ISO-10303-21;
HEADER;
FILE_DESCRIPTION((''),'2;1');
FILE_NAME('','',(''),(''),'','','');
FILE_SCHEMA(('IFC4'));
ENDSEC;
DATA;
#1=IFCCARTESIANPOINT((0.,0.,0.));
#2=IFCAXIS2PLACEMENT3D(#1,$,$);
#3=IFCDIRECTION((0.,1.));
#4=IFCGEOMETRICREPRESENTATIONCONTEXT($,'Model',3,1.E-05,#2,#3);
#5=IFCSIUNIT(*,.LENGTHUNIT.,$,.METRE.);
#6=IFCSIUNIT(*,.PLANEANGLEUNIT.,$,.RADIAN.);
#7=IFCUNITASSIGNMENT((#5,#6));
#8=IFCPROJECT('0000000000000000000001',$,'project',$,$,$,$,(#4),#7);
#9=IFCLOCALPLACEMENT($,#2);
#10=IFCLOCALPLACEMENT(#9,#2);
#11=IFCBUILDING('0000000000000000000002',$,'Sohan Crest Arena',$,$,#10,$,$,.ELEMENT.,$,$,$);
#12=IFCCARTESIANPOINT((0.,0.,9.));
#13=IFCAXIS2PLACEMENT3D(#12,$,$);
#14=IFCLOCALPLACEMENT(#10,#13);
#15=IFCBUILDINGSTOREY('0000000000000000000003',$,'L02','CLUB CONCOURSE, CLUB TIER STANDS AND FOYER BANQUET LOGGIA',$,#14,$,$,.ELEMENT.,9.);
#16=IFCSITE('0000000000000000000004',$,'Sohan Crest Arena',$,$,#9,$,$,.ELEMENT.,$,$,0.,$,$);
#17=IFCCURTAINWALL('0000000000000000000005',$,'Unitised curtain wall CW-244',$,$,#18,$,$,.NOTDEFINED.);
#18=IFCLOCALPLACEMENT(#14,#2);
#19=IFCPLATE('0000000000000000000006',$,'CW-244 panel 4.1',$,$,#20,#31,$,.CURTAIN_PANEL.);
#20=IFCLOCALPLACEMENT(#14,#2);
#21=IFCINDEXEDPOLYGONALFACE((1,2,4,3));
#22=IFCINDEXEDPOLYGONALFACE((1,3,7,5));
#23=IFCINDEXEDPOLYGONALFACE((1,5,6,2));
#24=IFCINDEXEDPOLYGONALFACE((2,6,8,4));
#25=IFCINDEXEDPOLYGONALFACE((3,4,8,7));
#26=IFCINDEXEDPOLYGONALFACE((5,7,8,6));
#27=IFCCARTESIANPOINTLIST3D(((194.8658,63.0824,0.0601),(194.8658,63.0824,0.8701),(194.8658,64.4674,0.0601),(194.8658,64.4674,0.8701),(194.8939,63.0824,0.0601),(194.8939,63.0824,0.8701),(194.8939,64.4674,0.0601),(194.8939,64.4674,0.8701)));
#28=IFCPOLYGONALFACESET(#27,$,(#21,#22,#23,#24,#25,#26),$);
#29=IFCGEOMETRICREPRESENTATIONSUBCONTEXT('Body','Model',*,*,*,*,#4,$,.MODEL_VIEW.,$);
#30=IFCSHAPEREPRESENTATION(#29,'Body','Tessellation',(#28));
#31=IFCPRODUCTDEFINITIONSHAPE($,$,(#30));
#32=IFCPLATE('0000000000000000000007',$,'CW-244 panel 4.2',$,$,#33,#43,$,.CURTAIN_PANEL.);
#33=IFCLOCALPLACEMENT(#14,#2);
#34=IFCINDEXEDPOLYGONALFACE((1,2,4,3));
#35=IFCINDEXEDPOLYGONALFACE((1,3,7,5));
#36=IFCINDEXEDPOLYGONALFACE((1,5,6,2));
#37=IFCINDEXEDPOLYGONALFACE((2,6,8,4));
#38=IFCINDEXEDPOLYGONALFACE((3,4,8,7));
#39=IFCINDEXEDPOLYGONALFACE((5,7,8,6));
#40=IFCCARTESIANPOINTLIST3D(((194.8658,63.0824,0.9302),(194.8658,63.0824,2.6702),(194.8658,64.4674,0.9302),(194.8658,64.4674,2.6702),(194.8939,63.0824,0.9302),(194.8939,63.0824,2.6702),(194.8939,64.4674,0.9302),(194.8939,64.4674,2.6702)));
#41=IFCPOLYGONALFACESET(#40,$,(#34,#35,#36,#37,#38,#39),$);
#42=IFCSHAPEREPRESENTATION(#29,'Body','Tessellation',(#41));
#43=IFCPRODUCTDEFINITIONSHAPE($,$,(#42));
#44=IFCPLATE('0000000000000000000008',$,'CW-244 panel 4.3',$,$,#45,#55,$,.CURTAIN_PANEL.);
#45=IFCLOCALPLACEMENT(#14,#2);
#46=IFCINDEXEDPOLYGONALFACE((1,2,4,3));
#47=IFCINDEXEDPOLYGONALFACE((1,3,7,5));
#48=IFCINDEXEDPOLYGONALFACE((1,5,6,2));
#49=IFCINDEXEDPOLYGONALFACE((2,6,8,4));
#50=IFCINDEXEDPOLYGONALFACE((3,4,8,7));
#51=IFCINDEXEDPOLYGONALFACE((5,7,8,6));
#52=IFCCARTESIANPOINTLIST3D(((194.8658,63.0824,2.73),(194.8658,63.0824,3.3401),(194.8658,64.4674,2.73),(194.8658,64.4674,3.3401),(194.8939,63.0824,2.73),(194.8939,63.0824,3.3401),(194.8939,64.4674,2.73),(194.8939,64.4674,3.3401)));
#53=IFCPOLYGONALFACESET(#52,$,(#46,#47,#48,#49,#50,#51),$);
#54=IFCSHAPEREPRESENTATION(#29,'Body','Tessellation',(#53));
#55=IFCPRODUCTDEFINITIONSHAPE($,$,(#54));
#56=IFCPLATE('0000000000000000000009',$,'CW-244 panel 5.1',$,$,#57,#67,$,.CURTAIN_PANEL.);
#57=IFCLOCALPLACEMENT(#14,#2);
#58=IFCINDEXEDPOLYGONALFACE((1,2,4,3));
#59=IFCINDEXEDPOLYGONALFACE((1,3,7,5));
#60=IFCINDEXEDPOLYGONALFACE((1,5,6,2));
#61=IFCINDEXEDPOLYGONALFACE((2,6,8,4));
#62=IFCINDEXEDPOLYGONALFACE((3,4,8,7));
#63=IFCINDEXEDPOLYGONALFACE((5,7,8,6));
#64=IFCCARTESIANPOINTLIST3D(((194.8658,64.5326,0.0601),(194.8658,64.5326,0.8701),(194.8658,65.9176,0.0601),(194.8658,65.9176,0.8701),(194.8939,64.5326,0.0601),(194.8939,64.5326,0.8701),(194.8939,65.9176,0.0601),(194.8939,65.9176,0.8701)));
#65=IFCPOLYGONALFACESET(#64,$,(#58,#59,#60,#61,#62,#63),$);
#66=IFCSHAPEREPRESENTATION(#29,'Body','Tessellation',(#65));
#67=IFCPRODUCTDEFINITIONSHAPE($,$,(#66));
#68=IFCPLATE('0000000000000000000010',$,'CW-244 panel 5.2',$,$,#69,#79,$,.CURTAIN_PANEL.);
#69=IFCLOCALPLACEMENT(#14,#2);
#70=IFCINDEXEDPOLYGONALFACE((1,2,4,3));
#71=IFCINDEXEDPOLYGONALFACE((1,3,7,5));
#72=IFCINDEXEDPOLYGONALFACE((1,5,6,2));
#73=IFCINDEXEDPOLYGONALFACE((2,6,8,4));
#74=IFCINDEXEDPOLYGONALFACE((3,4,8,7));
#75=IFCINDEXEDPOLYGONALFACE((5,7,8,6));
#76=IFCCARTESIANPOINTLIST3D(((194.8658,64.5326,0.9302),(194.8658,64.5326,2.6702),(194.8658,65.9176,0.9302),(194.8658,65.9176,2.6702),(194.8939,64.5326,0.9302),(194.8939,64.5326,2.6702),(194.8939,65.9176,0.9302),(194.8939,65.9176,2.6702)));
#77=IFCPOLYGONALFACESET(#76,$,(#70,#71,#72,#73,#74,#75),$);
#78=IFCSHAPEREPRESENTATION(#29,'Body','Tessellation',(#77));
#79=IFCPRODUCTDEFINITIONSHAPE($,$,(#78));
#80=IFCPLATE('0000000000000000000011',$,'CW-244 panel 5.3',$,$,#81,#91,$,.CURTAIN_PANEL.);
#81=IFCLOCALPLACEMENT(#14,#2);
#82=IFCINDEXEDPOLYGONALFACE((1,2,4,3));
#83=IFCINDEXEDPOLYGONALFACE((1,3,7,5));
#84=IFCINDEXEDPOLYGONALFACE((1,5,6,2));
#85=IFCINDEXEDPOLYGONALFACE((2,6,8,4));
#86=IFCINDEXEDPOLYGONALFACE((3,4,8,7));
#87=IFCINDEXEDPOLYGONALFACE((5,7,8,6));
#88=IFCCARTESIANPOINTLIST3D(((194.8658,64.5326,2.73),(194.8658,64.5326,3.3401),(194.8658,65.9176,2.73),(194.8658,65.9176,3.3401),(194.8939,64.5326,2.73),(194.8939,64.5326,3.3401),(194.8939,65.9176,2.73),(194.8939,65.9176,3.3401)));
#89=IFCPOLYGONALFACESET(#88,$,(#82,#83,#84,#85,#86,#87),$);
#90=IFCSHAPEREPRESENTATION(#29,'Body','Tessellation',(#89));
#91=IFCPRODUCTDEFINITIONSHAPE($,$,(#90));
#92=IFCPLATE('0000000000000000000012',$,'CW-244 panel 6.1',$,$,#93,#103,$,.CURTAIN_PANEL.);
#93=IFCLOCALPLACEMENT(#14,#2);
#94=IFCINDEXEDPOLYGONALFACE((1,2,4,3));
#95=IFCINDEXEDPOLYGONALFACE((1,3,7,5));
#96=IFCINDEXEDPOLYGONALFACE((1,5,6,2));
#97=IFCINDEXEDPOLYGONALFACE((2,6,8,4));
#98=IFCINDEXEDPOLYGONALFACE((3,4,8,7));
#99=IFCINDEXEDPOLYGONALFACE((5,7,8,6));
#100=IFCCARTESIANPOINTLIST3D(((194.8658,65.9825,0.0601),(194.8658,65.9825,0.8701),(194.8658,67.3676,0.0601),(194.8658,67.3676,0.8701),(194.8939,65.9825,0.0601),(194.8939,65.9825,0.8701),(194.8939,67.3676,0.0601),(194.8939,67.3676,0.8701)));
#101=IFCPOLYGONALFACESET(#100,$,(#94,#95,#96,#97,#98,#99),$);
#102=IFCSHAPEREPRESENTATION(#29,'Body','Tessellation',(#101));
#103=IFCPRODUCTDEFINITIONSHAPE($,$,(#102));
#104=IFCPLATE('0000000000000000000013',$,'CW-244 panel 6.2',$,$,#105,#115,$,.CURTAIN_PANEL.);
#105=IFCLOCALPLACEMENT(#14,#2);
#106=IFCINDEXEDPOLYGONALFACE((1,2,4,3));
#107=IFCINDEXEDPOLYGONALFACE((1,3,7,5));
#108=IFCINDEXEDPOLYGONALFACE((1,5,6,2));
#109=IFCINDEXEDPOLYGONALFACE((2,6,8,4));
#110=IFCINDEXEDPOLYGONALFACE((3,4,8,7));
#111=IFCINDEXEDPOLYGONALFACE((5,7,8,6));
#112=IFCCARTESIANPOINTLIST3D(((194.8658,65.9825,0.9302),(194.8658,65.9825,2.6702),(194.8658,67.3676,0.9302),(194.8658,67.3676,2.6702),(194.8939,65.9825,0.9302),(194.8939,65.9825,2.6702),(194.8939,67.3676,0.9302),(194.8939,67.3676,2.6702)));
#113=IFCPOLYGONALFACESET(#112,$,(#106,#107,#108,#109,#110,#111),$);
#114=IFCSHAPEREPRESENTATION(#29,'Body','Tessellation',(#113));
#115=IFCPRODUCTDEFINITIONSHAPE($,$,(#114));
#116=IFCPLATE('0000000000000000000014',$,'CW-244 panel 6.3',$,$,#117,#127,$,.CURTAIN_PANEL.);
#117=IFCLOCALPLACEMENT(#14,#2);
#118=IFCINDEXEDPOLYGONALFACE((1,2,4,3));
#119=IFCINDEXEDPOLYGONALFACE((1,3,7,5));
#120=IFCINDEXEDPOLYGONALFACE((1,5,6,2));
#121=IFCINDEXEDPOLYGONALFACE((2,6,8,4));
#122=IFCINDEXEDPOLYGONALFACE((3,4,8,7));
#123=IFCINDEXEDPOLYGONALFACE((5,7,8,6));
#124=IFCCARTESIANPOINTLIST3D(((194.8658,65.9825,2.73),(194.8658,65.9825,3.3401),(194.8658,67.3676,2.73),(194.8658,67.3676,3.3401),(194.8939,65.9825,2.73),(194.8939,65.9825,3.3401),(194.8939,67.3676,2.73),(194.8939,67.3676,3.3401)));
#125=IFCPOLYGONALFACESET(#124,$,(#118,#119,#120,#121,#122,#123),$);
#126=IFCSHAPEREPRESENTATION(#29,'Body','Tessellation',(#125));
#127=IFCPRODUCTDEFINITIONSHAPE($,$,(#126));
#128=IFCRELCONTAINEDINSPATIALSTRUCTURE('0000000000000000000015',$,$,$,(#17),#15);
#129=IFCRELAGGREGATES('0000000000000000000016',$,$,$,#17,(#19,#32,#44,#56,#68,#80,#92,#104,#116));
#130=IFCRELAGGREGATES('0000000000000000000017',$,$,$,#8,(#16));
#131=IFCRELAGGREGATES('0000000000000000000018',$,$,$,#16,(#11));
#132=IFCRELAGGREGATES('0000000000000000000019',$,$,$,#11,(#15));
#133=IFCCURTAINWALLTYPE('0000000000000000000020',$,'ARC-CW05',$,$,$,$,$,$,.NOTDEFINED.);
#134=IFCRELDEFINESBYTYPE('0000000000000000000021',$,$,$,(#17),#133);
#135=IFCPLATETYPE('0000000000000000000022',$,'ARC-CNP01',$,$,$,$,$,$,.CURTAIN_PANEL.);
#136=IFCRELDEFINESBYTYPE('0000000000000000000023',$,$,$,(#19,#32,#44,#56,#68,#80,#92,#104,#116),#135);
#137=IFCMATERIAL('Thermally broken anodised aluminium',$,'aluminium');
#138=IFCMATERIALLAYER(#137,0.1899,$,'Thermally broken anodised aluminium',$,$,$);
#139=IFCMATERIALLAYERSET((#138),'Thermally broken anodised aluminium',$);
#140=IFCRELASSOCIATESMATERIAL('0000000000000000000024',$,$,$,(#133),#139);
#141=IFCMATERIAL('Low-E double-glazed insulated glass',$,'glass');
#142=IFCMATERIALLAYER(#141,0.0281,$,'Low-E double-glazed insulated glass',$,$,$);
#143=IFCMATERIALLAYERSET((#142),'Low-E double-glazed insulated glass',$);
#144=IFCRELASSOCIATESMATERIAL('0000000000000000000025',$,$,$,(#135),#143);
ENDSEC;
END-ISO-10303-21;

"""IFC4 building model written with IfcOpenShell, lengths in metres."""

from ifc_helpers import new_model, si_unit, direction, frame, origin, origin_2d, place, context, subcontext, project, spatial, rectangle, extrude, material, layer, layer_set, type_object, element, aggregate, save


model = new_model("IFC4")

# Units and contexts
model_context = context("Model", 3, precision=1e-05, world=origin(), true_north=direction((0.0, 1.0)))
body_context = subcontext(model_context, "Body", "Model", "MODEL_VIEW")
ifc_project = project(units=[si_unit("LENGTHUNIT", "METRE"), si_unit("PLANEANGLEUNIT", "RADIAN")], contexts=[model_context])

# Site, building, storey
site_placement = place(None, origin())
site = spatial("IfcSite", under=ifc_project, at=site_placement, Name="Sohan Crest Arena", CompositionType="ELEMENT", RefElevation=0.0)
building_placement = place(site_placement, origin())
building = spatial("IfcBuilding", under=site, at=building_placement, Name="Sohan Crest Arena", CompositionType="ELEMENT")
storey_placement = place(building_placement, frame((0.0, 0.0, 9.0)))
storey = spatial("IfcBuildingStorey", under=building, at=storey_placement, Name="L02", Description="CLUB CONCOURSE, CLUB TIER STANDS AND FOYER BANQUET LOGGIA", CompositionType="ELEMENT", Elevation=9.0)

# Curtain wall
ifc_material_1 = material(Name="Thermally broken anodised aluminium", Category="aluminium")
ifc_layer_1 = layer(ifc_material_1, 0.1899, Name="Thermally broken anodised aluminium")
ifc_layer_set_1 = layer_set([ifc_layer_1], Name="Thermally broken anodised aluminium")
curtain_wall_type = type_object("IfcCurtainWallType", Name="ARC-CW05", PredefinedType="NOTDEFINED", material=ifc_layer_set_1)
curtain_wall_placement = place(storey_placement, origin())
curtain_wall = element("IfcCurtainWall", 1, at=curtain_wall_placement, inside=storey, type_object=curtain_wall_type, Name="Unitised curtain wall CW-244", PredefinedType="NOTDEFINED")

# Plates
ifc_material_2 = material(Name="Low-E double-glazed insulated glass", Category="glass")
ifc_layer_2 = layer(ifc_material_2, 0.0281, Name="Low-E double-glazed insulated glass")
ifc_layer_set_2 = layer_set([ifc_layer_2], Name="Low-E double-glazed insulated glass")
plate_type = type_object("IfcPlateType", Name="ARC-CNP01", PredefinedType="CURTAIN_PANEL", material=ifc_layer_set_2)
plate_1_placement = place(storey_placement, frame((194.8799, 63.7749, 0.0601), z_axis=(0.0, 0.0, 1.0), x_axis=(0.0, 1.0, 0.0)))
plate_1 = element("IfcPlate", 2, at=plate_1_placement, type_object=plate_type, Name="CW-244 panel 4.1", PredefinedType="CURTAIN_PANEL", context=body_context, shape_type="SweptSolid", body=[
    extrude(rectangle(XDim=1.385, YDim=0.0281, at=origin_2d()), origin(), (0.0, 0.0, 1.0), 0.8101),
])
plate_2_placement = place(storey_placement, frame((194.8799, 63.7749, 0.9302), z_axis=(0.0, 0.0, 1.0), x_axis=(0.0, 1.0, 0.0)))
plate_2 = element("IfcPlate", 3, at=plate_2_placement, type_object=plate_type, Name="CW-244 panel 4.2", PredefinedType="CURTAIN_PANEL", context=body_context, shape_type="SweptSolid", body=[
    extrude(rectangle(XDim=1.385, YDim=0.0281, at=origin_2d()), origin(), (0.0, 0.0, 1.0), 1.74),
])
plate_3_placement = place(storey_placement, frame((194.8799, 63.7749, 2.73), z_axis=(0.0, 0.0, 1.0), x_axis=(0.0, 1.0, 0.0)))
plate_3 = element("IfcPlate", 4, at=plate_3_placement, type_object=plate_type, Name="CW-244 panel 4.3", PredefinedType="CURTAIN_PANEL", context=body_context, shape_type="SweptSolid", body=[
    extrude(rectangle(XDim=1.385, YDim=0.0281, at=origin_2d()), origin(), (0.0, 0.0, 1.0), 0.6101),
])
plate_4_placement = place(storey_placement, frame((194.8799, 65.2251, 0.0601), z_axis=(0.0, 0.0, 1.0), x_axis=(0.0, 1.0, 0.0)))
plate_4 = element("IfcPlate", 5, at=plate_4_placement, type_object=plate_type, Name="CW-244 panel 5.1", PredefinedType="CURTAIN_PANEL", context=body_context, shape_type="SweptSolid", body=[
    extrude(rectangle(XDim=1.385, YDim=0.0281, at=origin_2d()), origin(), (0.0, 0.0, 1.0), 0.8101),
])
plate_5_placement = place(storey_placement, frame((194.8799, 65.2251, 0.9302), z_axis=(0.0, 0.0, 1.0), x_axis=(0.0, 1.0, 0.0)))
plate_5 = element("IfcPlate", 6, at=plate_5_placement, type_object=plate_type, Name="CW-244 panel 5.2", PredefinedType="CURTAIN_PANEL", context=body_context, shape_type="SweptSolid", body=[
    extrude(rectangle(XDim=1.385, YDim=0.0281, at=origin_2d()), origin(), (0.0, 0.0, 1.0), 1.74),
])
plate_6_placement = place(storey_placement, frame((194.8799, 65.2251, 2.73), z_axis=(0.0, 0.0, 1.0), x_axis=(0.0, 1.0, 0.0)))
plate_6 = element("IfcPlate", 7, at=plate_6_placement, type_object=plate_type, Name="CW-244 panel 5.3", PredefinedType="CURTAIN_PANEL", context=body_context, shape_type="SweptSolid", body=[
    extrude(rectangle(XDim=1.385, YDim=0.0281, at=origin_2d()), origin(), (0.0, 0.0, 1.0), 0.6101),
])
plate_7_placement = place(storey_placement, frame((194.8799, 66.675, 0.0601), z_axis=(0.0, 0.0, 1.0), x_axis=(0.0, 1.0, 0.0)))
plate_7 = element("IfcPlate", 8, at=plate_7_placement, type_object=plate_type, Name="CW-244 panel 6.1", PredefinedType="CURTAIN_PANEL", context=body_context, shape_type="SweptSolid", body=[
    extrude(rectangle(XDim=1.385, YDim=0.0281, at=origin_2d()), origin(), (0.0, 0.0, 1.0), 0.8101),
])
plate_8_placement = place(storey_placement, frame((194.8799, 66.675, 0.9302), z_axis=(0.0, 0.0, 1.0), x_axis=(0.0, 1.0, 0.0)))
plate_8 = element("IfcPlate", 9, at=plate_8_placement, type_object=plate_type, Name="CW-244 panel 6.2", PredefinedType="CURTAIN_PANEL", context=body_context, shape_type="SweptSolid", body=[
    extrude(rectangle(XDim=1.385, YDim=0.0281, at=origin_2d()), origin(), (0.0, 0.0, 1.0), 1.74),
])
plate_9_placement = place(storey_placement, frame((194.8799, 66.675, 2.73), z_axis=(0.0, 0.0, 1.0), x_axis=(0.0, 1.0, 0.0)))
plate_9 = element("IfcPlate", 10, at=plate_9_placement, type_object=plate_type, Name="CW-244 panel 6.3", PredefinedType="CURTAIN_PANEL", context=body_context, shape_type="SweptSolid", body=[
    extrude(rectangle(XDim=1.385, YDim=0.0281, at=origin_2d()), origin(), (0.0, 0.0, 1.0), 0.6101),
])
aggregate(curtain_wall, [plate_1, plate_2, plate_3, plate_4, plate_5, plate_6, plate_7, plate_8, plate_9])

save(model, "model.ifc")
